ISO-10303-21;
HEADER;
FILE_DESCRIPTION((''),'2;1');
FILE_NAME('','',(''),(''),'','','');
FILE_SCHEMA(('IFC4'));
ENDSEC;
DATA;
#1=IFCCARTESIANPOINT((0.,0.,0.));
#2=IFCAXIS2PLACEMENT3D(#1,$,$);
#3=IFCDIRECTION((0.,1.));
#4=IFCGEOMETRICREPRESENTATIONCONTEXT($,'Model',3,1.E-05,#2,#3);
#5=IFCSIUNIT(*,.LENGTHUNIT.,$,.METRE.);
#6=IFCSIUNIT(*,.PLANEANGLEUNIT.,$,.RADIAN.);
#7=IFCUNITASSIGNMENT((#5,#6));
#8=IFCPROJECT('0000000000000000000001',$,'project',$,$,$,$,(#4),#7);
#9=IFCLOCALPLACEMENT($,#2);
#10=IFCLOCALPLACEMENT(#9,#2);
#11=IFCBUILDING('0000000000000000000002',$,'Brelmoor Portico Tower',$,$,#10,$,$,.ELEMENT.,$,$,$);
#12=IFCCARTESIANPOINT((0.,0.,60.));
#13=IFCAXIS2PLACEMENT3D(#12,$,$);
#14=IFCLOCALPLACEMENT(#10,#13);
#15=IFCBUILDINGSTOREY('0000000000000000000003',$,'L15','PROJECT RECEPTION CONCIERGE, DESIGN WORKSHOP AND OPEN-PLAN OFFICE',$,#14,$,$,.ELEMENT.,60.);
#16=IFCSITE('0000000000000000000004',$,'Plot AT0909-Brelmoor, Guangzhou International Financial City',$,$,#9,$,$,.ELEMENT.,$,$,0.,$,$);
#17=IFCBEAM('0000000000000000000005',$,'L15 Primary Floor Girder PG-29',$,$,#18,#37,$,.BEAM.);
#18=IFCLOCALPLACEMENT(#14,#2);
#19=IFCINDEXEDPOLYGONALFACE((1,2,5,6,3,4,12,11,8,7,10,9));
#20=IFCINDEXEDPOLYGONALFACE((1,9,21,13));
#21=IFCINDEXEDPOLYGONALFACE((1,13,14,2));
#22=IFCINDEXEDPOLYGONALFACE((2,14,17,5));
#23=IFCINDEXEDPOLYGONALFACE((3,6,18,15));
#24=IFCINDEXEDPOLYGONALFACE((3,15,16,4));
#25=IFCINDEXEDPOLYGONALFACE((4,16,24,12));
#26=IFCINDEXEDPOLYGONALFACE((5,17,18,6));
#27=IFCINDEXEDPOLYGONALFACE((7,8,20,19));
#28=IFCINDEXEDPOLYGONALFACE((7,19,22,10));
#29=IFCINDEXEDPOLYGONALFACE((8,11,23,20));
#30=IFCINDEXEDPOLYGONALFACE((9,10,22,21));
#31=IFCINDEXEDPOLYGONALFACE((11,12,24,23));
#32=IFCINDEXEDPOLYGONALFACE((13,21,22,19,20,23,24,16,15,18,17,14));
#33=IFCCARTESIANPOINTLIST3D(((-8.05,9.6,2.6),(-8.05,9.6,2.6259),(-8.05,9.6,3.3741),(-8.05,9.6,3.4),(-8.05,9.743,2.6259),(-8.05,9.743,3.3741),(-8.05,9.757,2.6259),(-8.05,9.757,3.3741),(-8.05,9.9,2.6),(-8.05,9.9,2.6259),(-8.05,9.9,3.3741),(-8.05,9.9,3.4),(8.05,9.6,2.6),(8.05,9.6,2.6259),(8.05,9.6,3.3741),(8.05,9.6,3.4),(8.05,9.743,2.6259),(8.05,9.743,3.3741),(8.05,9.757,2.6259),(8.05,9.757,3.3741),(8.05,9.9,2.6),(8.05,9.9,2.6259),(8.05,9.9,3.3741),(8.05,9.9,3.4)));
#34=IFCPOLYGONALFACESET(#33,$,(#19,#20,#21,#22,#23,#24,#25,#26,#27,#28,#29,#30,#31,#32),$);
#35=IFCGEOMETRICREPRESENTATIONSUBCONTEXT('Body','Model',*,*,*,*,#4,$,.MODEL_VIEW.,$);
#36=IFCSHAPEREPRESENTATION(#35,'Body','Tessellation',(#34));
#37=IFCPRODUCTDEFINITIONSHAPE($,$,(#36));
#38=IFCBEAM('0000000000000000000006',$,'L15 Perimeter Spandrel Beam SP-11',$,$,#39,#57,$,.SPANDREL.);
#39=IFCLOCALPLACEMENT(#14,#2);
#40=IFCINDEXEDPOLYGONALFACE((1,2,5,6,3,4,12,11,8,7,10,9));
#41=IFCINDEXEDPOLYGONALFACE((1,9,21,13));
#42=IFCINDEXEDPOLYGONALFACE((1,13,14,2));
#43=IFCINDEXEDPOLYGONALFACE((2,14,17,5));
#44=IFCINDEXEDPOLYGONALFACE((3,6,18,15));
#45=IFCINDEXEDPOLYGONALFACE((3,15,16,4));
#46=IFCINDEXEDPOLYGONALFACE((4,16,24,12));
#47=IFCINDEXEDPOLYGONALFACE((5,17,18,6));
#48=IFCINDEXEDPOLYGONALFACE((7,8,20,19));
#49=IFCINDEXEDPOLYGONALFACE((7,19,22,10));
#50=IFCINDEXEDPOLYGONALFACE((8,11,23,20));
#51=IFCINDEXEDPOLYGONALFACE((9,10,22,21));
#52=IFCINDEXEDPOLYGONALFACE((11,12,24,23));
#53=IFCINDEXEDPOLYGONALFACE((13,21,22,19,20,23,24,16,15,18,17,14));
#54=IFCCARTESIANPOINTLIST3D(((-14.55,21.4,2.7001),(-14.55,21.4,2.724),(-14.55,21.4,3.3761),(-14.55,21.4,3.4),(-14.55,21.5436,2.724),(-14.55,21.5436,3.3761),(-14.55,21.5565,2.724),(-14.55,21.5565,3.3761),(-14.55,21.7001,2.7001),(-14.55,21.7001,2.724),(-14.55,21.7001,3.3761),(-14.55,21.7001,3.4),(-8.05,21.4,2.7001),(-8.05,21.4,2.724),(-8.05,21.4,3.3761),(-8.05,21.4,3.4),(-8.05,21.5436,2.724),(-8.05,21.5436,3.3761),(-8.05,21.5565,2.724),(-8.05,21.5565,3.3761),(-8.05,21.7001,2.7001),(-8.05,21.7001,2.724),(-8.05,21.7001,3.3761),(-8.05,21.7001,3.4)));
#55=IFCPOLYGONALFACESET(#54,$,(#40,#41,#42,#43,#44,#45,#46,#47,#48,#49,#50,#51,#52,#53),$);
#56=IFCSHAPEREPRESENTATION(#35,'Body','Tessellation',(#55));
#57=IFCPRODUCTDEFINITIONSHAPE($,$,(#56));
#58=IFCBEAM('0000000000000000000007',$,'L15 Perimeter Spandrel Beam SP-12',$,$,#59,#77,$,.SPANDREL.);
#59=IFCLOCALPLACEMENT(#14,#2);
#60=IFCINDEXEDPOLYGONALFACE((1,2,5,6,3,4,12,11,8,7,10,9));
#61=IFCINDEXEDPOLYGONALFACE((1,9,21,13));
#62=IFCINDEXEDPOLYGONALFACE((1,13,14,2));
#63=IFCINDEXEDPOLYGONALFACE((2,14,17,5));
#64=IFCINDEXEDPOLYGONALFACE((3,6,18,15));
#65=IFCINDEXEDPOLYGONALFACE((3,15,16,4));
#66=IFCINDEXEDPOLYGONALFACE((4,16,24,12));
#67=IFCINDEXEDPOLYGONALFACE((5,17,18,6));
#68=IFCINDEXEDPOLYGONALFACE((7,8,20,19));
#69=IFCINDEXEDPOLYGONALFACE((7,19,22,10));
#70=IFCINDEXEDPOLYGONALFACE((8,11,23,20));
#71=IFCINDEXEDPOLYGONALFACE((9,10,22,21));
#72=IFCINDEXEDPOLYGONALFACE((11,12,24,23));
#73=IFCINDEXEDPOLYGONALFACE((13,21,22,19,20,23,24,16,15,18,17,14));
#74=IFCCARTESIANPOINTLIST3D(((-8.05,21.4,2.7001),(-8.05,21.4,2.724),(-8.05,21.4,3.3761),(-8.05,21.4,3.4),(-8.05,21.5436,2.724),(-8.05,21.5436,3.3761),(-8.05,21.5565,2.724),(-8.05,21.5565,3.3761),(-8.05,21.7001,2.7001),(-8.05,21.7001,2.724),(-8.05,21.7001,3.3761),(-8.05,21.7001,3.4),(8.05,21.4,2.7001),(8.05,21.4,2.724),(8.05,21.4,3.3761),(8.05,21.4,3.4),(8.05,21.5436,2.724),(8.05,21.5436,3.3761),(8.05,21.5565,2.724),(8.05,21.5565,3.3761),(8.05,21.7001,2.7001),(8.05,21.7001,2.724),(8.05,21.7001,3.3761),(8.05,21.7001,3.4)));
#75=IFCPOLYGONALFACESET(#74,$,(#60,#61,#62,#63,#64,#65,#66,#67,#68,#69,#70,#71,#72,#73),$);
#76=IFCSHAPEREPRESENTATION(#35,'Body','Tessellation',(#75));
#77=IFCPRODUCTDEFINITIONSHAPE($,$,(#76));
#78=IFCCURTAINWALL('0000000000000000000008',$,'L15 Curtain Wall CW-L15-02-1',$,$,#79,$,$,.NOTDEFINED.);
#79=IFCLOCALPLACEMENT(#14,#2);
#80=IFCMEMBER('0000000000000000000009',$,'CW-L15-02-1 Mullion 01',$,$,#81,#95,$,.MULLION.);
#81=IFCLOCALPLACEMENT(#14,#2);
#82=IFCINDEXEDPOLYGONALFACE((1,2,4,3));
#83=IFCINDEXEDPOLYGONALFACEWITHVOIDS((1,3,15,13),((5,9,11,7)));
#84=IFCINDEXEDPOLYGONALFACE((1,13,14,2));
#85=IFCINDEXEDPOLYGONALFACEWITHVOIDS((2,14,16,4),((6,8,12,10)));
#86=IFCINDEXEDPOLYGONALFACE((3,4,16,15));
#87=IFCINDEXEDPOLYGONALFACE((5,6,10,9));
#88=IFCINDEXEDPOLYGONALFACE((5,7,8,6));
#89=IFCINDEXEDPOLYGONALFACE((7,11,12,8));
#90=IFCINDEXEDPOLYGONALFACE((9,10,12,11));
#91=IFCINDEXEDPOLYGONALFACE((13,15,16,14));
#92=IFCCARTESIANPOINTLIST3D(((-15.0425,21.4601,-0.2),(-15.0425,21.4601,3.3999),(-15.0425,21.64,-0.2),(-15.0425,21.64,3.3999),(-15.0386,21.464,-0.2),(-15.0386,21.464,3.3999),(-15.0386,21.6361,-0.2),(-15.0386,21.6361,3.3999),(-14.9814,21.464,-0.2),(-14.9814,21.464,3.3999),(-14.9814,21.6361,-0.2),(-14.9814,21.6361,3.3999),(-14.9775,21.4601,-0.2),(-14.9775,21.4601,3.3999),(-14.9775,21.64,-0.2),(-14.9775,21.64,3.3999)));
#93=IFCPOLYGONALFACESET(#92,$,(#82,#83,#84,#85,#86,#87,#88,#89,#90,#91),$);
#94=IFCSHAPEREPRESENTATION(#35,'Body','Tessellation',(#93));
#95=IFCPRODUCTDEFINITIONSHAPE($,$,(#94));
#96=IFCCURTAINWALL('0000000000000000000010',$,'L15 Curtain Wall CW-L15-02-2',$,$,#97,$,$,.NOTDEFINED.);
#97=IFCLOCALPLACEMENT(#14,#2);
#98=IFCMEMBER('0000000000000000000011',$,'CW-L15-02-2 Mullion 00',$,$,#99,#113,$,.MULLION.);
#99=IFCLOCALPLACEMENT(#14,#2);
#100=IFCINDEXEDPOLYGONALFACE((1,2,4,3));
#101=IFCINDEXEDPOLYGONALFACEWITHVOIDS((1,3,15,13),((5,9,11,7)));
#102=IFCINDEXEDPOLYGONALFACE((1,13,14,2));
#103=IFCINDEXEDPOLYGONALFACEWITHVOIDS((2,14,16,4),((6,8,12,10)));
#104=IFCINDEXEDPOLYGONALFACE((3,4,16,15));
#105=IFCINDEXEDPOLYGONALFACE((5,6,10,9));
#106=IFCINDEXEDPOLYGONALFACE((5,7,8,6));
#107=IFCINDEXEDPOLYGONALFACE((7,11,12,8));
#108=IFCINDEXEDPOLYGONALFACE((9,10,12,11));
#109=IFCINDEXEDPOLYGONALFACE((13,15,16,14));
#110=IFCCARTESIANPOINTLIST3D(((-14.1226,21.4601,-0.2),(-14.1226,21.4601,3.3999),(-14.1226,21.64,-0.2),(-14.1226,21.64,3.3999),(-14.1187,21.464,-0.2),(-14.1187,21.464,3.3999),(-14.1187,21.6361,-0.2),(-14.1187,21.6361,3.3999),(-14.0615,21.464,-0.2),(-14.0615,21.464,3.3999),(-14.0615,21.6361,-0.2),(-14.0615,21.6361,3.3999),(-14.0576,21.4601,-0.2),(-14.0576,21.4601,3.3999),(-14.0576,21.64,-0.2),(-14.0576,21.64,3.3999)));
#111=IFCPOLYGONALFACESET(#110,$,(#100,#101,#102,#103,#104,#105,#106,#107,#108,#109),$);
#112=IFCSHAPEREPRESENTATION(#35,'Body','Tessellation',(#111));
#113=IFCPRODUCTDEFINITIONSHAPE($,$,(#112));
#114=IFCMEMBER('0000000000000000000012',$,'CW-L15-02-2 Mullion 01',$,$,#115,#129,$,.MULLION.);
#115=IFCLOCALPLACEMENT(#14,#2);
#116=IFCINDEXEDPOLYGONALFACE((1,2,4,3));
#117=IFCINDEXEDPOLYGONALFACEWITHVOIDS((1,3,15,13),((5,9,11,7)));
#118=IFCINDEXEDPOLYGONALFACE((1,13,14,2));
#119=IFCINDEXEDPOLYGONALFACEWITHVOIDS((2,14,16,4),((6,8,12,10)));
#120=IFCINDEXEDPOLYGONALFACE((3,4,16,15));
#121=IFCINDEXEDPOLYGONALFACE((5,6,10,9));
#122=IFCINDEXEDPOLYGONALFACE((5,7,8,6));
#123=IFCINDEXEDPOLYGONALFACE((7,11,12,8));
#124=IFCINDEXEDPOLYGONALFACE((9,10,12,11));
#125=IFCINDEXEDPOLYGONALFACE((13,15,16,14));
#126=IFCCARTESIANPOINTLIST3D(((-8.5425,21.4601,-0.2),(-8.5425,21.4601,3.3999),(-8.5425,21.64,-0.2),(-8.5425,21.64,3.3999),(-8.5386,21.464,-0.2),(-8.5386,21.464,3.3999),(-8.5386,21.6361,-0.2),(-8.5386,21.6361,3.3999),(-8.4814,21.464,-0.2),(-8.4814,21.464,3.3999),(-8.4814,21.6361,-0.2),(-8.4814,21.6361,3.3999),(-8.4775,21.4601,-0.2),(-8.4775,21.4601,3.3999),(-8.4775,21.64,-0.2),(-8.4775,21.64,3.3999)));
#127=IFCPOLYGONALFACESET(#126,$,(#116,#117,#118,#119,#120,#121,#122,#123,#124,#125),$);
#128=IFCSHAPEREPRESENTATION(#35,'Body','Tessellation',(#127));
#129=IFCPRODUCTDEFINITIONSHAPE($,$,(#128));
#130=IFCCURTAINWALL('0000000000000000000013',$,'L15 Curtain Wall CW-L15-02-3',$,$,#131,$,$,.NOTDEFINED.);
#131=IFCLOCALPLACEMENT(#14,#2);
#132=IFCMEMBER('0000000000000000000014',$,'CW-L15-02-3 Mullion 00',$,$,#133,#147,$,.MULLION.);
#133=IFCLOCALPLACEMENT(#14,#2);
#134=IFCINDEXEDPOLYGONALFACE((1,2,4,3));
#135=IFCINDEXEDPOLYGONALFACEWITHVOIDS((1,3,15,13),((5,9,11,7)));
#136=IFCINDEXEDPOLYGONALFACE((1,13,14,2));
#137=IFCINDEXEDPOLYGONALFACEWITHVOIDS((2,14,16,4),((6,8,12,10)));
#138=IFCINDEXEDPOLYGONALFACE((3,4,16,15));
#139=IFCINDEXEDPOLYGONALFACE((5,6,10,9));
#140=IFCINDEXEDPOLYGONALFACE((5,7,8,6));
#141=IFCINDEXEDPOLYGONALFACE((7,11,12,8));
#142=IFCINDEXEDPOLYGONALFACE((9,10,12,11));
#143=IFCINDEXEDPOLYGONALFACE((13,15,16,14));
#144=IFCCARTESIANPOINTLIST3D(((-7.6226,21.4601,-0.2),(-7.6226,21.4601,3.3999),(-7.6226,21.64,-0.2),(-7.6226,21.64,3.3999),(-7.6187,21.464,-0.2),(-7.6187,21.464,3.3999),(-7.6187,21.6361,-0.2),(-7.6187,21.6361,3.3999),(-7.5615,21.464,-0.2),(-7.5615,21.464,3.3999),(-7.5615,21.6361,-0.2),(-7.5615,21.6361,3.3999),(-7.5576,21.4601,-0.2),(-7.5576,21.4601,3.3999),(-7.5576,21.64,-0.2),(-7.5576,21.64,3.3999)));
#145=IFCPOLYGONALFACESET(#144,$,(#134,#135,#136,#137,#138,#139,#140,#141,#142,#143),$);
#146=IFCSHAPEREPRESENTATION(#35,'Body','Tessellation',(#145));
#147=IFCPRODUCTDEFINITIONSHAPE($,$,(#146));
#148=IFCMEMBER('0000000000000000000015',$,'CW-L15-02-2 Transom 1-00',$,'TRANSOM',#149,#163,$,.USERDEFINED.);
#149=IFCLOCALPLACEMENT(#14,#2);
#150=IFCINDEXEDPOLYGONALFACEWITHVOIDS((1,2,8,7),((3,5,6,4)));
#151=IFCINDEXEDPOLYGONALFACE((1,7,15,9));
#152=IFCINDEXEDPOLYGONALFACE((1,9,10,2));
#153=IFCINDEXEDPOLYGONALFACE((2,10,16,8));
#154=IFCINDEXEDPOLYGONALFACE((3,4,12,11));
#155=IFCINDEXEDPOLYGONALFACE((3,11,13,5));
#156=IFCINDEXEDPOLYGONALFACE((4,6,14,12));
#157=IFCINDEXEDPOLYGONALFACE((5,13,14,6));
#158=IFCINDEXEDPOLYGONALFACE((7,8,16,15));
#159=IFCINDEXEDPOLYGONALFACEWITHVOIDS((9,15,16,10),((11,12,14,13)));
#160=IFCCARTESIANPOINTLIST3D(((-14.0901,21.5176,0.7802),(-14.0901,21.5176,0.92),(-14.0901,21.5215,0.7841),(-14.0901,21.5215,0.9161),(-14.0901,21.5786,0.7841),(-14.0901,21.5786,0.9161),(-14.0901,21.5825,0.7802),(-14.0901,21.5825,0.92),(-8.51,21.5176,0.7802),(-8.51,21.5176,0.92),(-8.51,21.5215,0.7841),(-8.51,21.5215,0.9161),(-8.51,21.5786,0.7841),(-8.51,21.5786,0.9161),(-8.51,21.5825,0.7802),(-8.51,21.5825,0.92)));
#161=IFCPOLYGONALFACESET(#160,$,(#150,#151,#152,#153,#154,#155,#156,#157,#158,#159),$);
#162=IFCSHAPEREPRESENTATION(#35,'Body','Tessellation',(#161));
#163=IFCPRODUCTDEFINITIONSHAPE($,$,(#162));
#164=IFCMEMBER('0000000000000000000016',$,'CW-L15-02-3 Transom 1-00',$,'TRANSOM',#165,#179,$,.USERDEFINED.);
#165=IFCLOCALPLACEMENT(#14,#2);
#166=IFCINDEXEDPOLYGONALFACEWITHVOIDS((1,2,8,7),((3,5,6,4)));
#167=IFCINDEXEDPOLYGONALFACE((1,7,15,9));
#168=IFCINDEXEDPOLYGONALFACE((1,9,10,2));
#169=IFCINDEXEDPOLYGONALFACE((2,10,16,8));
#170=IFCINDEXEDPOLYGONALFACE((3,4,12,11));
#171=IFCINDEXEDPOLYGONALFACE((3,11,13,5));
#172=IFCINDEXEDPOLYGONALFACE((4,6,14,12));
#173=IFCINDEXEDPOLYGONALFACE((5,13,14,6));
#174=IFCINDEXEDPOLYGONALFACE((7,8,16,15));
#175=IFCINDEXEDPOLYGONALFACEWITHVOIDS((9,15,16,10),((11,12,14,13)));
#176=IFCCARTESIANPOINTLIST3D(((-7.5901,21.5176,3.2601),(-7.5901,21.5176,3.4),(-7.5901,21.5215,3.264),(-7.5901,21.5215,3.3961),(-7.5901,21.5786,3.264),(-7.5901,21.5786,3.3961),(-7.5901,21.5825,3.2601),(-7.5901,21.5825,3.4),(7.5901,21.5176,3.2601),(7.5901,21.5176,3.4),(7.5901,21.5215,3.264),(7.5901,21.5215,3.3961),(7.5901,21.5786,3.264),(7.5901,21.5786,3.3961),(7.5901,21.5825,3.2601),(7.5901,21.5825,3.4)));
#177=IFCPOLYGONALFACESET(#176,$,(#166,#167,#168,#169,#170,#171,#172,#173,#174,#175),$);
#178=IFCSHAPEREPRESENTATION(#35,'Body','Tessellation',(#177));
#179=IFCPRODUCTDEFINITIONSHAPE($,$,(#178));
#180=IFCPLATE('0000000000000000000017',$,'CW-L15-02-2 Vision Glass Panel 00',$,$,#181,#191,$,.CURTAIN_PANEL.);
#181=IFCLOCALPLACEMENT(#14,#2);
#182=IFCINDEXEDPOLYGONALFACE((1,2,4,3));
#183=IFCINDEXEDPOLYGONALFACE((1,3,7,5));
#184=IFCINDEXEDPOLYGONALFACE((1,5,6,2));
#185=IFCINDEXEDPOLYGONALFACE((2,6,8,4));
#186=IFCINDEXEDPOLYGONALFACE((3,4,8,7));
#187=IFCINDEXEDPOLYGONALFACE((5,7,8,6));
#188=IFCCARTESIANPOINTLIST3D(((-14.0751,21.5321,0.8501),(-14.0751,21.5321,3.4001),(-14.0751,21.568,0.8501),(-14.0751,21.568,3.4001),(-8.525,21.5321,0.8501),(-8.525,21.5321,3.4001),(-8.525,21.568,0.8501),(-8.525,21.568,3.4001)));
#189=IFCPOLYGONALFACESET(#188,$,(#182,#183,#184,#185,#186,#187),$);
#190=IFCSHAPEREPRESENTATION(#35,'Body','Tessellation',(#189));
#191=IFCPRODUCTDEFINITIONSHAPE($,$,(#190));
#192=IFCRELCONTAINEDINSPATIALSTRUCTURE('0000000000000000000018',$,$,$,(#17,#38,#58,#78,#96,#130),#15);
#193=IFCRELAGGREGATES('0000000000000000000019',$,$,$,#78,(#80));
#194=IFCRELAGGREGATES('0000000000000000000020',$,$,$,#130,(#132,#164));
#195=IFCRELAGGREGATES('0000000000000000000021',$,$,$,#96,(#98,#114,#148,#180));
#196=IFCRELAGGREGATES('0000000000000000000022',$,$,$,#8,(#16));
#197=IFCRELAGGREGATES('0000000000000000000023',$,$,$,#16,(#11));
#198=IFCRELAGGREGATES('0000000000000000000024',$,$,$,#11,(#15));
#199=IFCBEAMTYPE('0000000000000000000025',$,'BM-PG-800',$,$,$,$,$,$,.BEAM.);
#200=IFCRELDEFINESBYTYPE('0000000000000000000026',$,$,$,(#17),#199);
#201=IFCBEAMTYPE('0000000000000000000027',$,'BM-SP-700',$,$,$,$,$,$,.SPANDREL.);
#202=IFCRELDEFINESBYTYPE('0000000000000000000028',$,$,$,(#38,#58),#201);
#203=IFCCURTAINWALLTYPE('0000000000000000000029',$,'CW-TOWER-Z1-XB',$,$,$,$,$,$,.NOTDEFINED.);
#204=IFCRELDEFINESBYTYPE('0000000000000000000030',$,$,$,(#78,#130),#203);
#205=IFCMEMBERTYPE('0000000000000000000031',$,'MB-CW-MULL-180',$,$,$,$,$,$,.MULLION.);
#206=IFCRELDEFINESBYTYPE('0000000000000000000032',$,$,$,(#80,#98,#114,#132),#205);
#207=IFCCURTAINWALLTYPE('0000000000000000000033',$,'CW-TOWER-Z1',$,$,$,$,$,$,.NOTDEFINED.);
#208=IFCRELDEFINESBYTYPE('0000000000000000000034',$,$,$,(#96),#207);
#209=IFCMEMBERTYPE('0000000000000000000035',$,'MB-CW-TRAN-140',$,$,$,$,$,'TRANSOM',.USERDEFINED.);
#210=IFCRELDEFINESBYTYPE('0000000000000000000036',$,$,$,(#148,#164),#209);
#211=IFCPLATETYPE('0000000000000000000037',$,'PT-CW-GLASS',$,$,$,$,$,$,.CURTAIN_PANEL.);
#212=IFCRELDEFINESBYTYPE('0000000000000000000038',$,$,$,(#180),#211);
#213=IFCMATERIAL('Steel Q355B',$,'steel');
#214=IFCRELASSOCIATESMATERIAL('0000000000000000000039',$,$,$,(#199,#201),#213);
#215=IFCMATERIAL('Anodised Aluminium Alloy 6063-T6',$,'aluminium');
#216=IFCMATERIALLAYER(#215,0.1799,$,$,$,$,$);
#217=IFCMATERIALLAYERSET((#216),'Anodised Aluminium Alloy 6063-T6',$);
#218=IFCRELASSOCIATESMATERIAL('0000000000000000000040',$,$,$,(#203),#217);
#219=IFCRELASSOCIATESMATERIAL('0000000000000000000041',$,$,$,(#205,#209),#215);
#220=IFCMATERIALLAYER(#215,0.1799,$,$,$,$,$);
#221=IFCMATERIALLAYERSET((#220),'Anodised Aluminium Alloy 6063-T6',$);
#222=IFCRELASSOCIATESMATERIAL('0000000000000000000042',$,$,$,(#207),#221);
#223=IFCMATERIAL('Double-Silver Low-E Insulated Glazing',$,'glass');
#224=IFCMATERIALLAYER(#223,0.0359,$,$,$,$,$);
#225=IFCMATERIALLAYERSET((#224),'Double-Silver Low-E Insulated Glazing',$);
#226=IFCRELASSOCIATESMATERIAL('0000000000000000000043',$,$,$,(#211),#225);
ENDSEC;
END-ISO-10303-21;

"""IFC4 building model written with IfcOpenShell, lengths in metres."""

from ifc_helpers import new_model, si_unit, direction, frame, origin, origin_2d, place, context, subcontext, project, spatial, rectangle, hollow_rectangle, i_section, extrude, material, layer, layer_set, material_profile, profile_set, type_object, element, aggregate, save


model = new_model("IFC4")

# Units and contexts
model_context = context("Model", 3, precision=1e-05, world=origin(), true_north=direction((0.0, 1.0)))
body_context = subcontext(model_context, "Body", "Model", "MODEL_VIEW")
ifc_project = project(units=[si_unit("LENGTHUNIT", "METRE"), si_unit("PLANEANGLEUNIT", "RADIAN")], contexts=[model_context])

# Site, building, storey
site_placement = place(None, origin())
site = spatial("IfcSite", under=ifc_project, at=site_placement, Name="Plot AT0909-Brelmoor, Guangzhou International Financial City", CompositionType="ELEMENT", RefElevation=0.0)
building_placement = place(site_placement, origin())
building = spatial("IfcBuilding", under=site, at=building_placement, Name="Brelmoor Portico Tower", CompositionType="ELEMENT")
storey_placement = place(building_placement, frame((0.0, 0.0, 60.0)))
storey = spatial("IfcBuildingStorey", under=building, at=storey_placement, Name="L15", Description="PROJECT RECEPTION CONCIERGE, DESIGN WORKSHOP AND OPEN-PLAN OFFICE", CompositionType="ELEMENT", Elevation=60.0)

# Shared definitions
ifc_material_1 = material(Name="Steel Q355B", Category="steel")

# Beams
ifc_material_profile_1 = material_profile(ifc_material_1, i_section(OverallWidth=0.3, OverallDepth=0.8, WebThickness=0.0139, FlangeThickness=0.0259, at=origin_2d()), Name="HN 800x300x14x26")
ifc_profile_set_1 = profile_set([ifc_material_profile_1], Name="Steel Q355B")
beam_type_1 = type_object("IfcBeamType", Name="BM-PG-800", PredefinedType="BEAM", material=ifc_profile_set_1)
beam_1_placement = place(storey_placement, frame((-8.05, 9.75, 3.0), z_axis=(1.0, 0.0, 0.0), x_axis=(0.0, 1.0, 0.0)))
element("IfcBeam", 1, at=beam_1_placement, inside=storey, type_object=beam_type_1, Name="L15 Primary Floor Girder PG-29", PredefinedType="BEAM", context=body_context, shape_type="SweptSolid", body=[
    extrude(i_section(OverallWidth=0.3, OverallDepth=0.8, WebThickness=0.0139, FlangeThickness=0.0259, at=origin_2d()), origin(), (0.0, 0.0, 1.0), 16.1001),
])
ifc_material_profile_2 = material_profile(ifc_material_1, i_section(OverallWidth=0.3, OverallDepth=0.7, WebThickness=0.0129, FlangeThickness=0.0239, at=origin_2d()), Name="HN 700x300x13x24")
ifc_profile_set_2 = profile_set([ifc_material_profile_2], Name="Steel Q355B")
beam_type_2 = type_object("IfcBeamType", Name="BM-SP-700", PredefinedType="SPANDREL", material=ifc_profile_set_2)
beam_2_placement = place(storey_placement, frame((-14.55, 21.55, 3.05), z_axis=(1.0, 0.0, 0.0), x_axis=(0.0, 1.0, 0.0)))
element("IfcBeam", 2, at=beam_2_placement, inside=storey, type_object=beam_type_2, Name="L15 Perimeter Spandrel Beam SP-11", PredefinedType="SPANDREL", context=body_context, shape_type="SweptSolid", body=[
    extrude(i_section(OverallWidth=0.3, OverallDepth=0.7, WebThickness=0.0129, FlangeThickness=0.0239, at=origin_2d()), origin(), (0.0, 0.0, 1.0), 6.5),
])
beam_3_placement = place(storey_placement, frame((-8.05, 21.55, 3.05), z_axis=(1.0, 0.0, 0.0), x_axis=(0.0, 1.0, 0.0)))
element("IfcBeam", 3, at=beam_3_placement, inside=storey, type_object=beam_type_2, Name="L15 Perimeter Spandrel Beam SP-12", PredefinedType="SPANDREL", context=body_context, shape_type="SweptSolid", body=[
    extrude(i_section(OverallWidth=0.3, OverallDepth=0.7, WebThickness=0.0129, FlangeThickness=0.0239, at=origin_2d()), origin(), (0.0, 0.0, 1.0), 16.1001),
])

# Curtain wall, member
ifc_material_2 = material(Name="Anodised Aluminium Alloy 6063-T6", Category="aluminium")
ifc_layer_1 = layer(ifc_material_2, 0.1799)
ifc_layer_set_1 = layer_set([ifc_layer_1], Name="Anodised Aluminium Alloy 6063-T6")
curtain_wall_type_1 = type_object("IfcCurtainWallType", Name="CW-TOWER-Z1-XB", PredefinedType="NOTDEFINED", material=ifc_layer_set_1)
curtain_wall_1_placement = place(storey_placement, origin())
curtain_wall_1 = element("IfcCurtainWall", 4, at=curtain_wall_1_placement, inside=storey, type_object=curtain_wall_type_1, Name="L15 Curtain Wall CW-L15-02-1", PredefinedType="NOTDEFINED")
ifc_material_profile_3 = material_profile(ifc_material_2, hollow_rectangle(XDim=0.0649, YDim=0.1799, WallThickness=0.0039, at=origin_2d()), Name="ALU MULLION 65x180")
ifc_profile_set_3 = profile_set([ifc_material_profile_3], Name="Anodised Aluminium Alloy 6063-T6")
member_type_1 = type_object("IfcMemberType", Name="MB-CW-MULL-180", PredefinedType="MULLION", material=ifc_profile_set_3)
member_1_placement = place(storey_placement, frame((-15.01, 21.55, -0.2), z_axis=(0.0, 0.0, 1.0), x_axis=(1.0, 0.0, 0.0)))
member_1 = element("IfcMember", 5, at=member_1_placement, type_object=member_type_1, Name="CW-L15-02-1 Mullion 01", PredefinedType="MULLION", context=body_context, shape_type="SweptSolid", body=[
    extrude(hollow_rectangle(XDim=0.0649, YDim=0.1799, WallThickness=0.0039, at=origin_2d()), origin(), (0.0, 0.0, 1.0), 3.5999),
])
aggregate(curtain_wall_1, [member_1])

# Curtain wall, members
ifc_layer_2 = layer(ifc_material_2, 0.1799)
ifc_layer_set_2 = layer_set([ifc_layer_2], Name="Anodised Aluminium Alloy 6063-T6")
curtain_wall_type_2 = type_object("IfcCurtainWallType", Name="CW-TOWER-Z1", PredefinedType="NOTDEFINED", material=ifc_layer_set_2)
curtain_wall_2_placement = place(storey_placement, origin())
curtain_wall_2 = element("IfcCurtainWall", 6, at=curtain_wall_2_placement, inside=storey, type_object=curtain_wall_type_2, Name="L15 Curtain Wall CW-L15-02-2", PredefinedType="NOTDEFINED")
member_2_placement = place(storey_placement, frame((-14.0901, 21.55, -0.2), z_axis=(0.0, 0.0, 1.0), x_axis=(1.0, 0.0, 0.0)))
member_2 = element("IfcMember", 7, at=member_2_placement, type_object=member_type_1, Name="CW-L15-02-2 Mullion 00", PredefinedType="MULLION", context=body_context, shape_type="SweptSolid", body=[
    extrude(hollow_rectangle(XDim=0.0649, YDim=0.1799, WallThickness=0.0039, at=origin_2d()), origin(), (0.0, 0.0, 1.0), 3.5999),
])
member_3_placement = place(storey_placement, frame((-8.51, 21.55, -0.2), z_axis=(0.0, 0.0, 1.0), x_axis=(1.0, 0.0, 0.0)))
member_3 = element("IfcMember", 8, at=member_3_placement, type_object=member_type_1, Name="CW-L15-02-2 Mullion 01", PredefinedType="MULLION", context=body_context, shape_type="SweptSolid", body=[
    extrude(hollow_rectangle(XDim=0.0649, YDim=0.1799, WallThickness=0.0039, at=origin_2d()), origin(), (0.0, 0.0, 1.0), 3.5999),
])

# Curtain wall, member
curtain_wall_3_placement = place(storey_placement, origin())
curtain_wall_3 = element("IfcCurtainWall", 9, at=curtain_wall_3_placement, inside=storey, type_object=curtain_wall_type_1, Name="L15 Curtain Wall CW-L15-02-3", PredefinedType="NOTDEFINED")
member_4_placement = place(storey_placement, frame((-7.5901, 21.55, -0.2), z_axis=(0.0, 0.0, 1.0), x_axis=(1.0, 0.0, 0.0)))
member_4 = element("IfcMember", 10, at=member_4_placement, type_object=member_type_1, Name="CW-L15-02-3 Mullion 00", PredefinedType="MULLION", context=body_context, shape_type="SweptSolid", body=[
    extrude(hollow_rectangle(XDim=0.0649, YDim=0.1799, WallThickness=0.0039, at=origin_2d()), origin(), (0.0, 0.0, 1.0), 3.5999),
])

# Members
ifc_material_profile_4 = material_profile(ifc_material_2, hollow_rectangle(XDim=0.0649, YDim=0.1399, WallThickness=0.0039, at=origin_2d()), Name="ALU TRANSOM 65x140")
ifc_profile_set_4 = profile_set([ifc_material_profile_4], Name="Anodised Aluminium Alloy 6063-T6")
member_type_2 = type_object("IfcMemberType", Name="MB-CW-TRAN-140", ElementType="TRANSOM", PredefinedType="USERDEFINED", material=ifc_profile_set_4)
member_5_placement = place(storey_placement, frame((-14.0901, 21.55, 0.8501), z_axis=(1.0, 0.0, 0.0), x_axis=(0.0, 1.0, 0.0)))
member_5 = element("IfcMember", 11, at=member_5_placement, type_object=member_type_2, Name="CW-L15-02-2 Transom 1-00", ObjectType="TRANSOM", PredefinedType="USERDEFINED", context=body_context, shape_type="SweptSolid", body=[
    extrude(hollow_rectangle(XDim=0.0649, YDim=0.1399, WallThickness=0.0039, at=origin_2d()), origin(), (0.0, 0.0, 1.0), 5.5801),
])
member_6_placement = place(storey_placement, frame((-7.5901, 21.55, 3.3301), z_axis=(1.0, 0.0, 0.0), x_axis=(0.0, 1.0, 0.0)))
member_6 = element("IfcMember", 12, at=member_6_placement, type_object=member_type_2, Name="CW-L15-02-3 Transom 1-00", ObjectType="TRANSOM", PredefinedType="USERDEFINED", context=body_context, shape_type="SweptSolid", body=[
    extrude(hollow_rectangle(XDim=0.0649, YDim=0.1399, WallThickness=0.0039, at=origin_2d()), origin(), (0.0, 0.0, 1.0), 15.1802),
])
aggregate(curtain_wall_3, [member_4, member_6])

# Plate
ifc_material_3 = material(Name="Double-Silver Low-E Insulated Glazing", Category="glass")
ifc_layer_3 = layer(ifc_material_3, 0.0359)
ifc_layer_set_3 = layer_set([ifc_layer_3], Name="Double-Silver Low-E Insulated Glazing")
plate_type_1 = type_object("IfcPlateType", Name="PT-CW-GLASS", PredefinedType="CURTAIN_PANEL", material=ifc_layer_set_3)
plate_1_placement = place(storey_placement, frame((-11.3, 21.55, 0.8501), z_axis=(0.0, 0.0, 1.0), x_axis=(1.0, 0.0, 0.0)))
plate_1 = element("IfcPlate", 13, at=plate_1_placement, type_object=plate_type_1, Name="CW-L15-02-2 Vision Glass Panel 00", PredefinedType="CURTAIN_PANEL", context=body_context, shape_type="SweptSolid", body=[
    extrude(rectangle(XDim=5.55, YDim=0.0359, at=origin_2d()), origin(), (0.0, 0.0, 1.0), 2.55),
])
aggregate(curtain_wall_2, [member_2, member_3, member_5, plate_1])

save(model, "model.ifc")
